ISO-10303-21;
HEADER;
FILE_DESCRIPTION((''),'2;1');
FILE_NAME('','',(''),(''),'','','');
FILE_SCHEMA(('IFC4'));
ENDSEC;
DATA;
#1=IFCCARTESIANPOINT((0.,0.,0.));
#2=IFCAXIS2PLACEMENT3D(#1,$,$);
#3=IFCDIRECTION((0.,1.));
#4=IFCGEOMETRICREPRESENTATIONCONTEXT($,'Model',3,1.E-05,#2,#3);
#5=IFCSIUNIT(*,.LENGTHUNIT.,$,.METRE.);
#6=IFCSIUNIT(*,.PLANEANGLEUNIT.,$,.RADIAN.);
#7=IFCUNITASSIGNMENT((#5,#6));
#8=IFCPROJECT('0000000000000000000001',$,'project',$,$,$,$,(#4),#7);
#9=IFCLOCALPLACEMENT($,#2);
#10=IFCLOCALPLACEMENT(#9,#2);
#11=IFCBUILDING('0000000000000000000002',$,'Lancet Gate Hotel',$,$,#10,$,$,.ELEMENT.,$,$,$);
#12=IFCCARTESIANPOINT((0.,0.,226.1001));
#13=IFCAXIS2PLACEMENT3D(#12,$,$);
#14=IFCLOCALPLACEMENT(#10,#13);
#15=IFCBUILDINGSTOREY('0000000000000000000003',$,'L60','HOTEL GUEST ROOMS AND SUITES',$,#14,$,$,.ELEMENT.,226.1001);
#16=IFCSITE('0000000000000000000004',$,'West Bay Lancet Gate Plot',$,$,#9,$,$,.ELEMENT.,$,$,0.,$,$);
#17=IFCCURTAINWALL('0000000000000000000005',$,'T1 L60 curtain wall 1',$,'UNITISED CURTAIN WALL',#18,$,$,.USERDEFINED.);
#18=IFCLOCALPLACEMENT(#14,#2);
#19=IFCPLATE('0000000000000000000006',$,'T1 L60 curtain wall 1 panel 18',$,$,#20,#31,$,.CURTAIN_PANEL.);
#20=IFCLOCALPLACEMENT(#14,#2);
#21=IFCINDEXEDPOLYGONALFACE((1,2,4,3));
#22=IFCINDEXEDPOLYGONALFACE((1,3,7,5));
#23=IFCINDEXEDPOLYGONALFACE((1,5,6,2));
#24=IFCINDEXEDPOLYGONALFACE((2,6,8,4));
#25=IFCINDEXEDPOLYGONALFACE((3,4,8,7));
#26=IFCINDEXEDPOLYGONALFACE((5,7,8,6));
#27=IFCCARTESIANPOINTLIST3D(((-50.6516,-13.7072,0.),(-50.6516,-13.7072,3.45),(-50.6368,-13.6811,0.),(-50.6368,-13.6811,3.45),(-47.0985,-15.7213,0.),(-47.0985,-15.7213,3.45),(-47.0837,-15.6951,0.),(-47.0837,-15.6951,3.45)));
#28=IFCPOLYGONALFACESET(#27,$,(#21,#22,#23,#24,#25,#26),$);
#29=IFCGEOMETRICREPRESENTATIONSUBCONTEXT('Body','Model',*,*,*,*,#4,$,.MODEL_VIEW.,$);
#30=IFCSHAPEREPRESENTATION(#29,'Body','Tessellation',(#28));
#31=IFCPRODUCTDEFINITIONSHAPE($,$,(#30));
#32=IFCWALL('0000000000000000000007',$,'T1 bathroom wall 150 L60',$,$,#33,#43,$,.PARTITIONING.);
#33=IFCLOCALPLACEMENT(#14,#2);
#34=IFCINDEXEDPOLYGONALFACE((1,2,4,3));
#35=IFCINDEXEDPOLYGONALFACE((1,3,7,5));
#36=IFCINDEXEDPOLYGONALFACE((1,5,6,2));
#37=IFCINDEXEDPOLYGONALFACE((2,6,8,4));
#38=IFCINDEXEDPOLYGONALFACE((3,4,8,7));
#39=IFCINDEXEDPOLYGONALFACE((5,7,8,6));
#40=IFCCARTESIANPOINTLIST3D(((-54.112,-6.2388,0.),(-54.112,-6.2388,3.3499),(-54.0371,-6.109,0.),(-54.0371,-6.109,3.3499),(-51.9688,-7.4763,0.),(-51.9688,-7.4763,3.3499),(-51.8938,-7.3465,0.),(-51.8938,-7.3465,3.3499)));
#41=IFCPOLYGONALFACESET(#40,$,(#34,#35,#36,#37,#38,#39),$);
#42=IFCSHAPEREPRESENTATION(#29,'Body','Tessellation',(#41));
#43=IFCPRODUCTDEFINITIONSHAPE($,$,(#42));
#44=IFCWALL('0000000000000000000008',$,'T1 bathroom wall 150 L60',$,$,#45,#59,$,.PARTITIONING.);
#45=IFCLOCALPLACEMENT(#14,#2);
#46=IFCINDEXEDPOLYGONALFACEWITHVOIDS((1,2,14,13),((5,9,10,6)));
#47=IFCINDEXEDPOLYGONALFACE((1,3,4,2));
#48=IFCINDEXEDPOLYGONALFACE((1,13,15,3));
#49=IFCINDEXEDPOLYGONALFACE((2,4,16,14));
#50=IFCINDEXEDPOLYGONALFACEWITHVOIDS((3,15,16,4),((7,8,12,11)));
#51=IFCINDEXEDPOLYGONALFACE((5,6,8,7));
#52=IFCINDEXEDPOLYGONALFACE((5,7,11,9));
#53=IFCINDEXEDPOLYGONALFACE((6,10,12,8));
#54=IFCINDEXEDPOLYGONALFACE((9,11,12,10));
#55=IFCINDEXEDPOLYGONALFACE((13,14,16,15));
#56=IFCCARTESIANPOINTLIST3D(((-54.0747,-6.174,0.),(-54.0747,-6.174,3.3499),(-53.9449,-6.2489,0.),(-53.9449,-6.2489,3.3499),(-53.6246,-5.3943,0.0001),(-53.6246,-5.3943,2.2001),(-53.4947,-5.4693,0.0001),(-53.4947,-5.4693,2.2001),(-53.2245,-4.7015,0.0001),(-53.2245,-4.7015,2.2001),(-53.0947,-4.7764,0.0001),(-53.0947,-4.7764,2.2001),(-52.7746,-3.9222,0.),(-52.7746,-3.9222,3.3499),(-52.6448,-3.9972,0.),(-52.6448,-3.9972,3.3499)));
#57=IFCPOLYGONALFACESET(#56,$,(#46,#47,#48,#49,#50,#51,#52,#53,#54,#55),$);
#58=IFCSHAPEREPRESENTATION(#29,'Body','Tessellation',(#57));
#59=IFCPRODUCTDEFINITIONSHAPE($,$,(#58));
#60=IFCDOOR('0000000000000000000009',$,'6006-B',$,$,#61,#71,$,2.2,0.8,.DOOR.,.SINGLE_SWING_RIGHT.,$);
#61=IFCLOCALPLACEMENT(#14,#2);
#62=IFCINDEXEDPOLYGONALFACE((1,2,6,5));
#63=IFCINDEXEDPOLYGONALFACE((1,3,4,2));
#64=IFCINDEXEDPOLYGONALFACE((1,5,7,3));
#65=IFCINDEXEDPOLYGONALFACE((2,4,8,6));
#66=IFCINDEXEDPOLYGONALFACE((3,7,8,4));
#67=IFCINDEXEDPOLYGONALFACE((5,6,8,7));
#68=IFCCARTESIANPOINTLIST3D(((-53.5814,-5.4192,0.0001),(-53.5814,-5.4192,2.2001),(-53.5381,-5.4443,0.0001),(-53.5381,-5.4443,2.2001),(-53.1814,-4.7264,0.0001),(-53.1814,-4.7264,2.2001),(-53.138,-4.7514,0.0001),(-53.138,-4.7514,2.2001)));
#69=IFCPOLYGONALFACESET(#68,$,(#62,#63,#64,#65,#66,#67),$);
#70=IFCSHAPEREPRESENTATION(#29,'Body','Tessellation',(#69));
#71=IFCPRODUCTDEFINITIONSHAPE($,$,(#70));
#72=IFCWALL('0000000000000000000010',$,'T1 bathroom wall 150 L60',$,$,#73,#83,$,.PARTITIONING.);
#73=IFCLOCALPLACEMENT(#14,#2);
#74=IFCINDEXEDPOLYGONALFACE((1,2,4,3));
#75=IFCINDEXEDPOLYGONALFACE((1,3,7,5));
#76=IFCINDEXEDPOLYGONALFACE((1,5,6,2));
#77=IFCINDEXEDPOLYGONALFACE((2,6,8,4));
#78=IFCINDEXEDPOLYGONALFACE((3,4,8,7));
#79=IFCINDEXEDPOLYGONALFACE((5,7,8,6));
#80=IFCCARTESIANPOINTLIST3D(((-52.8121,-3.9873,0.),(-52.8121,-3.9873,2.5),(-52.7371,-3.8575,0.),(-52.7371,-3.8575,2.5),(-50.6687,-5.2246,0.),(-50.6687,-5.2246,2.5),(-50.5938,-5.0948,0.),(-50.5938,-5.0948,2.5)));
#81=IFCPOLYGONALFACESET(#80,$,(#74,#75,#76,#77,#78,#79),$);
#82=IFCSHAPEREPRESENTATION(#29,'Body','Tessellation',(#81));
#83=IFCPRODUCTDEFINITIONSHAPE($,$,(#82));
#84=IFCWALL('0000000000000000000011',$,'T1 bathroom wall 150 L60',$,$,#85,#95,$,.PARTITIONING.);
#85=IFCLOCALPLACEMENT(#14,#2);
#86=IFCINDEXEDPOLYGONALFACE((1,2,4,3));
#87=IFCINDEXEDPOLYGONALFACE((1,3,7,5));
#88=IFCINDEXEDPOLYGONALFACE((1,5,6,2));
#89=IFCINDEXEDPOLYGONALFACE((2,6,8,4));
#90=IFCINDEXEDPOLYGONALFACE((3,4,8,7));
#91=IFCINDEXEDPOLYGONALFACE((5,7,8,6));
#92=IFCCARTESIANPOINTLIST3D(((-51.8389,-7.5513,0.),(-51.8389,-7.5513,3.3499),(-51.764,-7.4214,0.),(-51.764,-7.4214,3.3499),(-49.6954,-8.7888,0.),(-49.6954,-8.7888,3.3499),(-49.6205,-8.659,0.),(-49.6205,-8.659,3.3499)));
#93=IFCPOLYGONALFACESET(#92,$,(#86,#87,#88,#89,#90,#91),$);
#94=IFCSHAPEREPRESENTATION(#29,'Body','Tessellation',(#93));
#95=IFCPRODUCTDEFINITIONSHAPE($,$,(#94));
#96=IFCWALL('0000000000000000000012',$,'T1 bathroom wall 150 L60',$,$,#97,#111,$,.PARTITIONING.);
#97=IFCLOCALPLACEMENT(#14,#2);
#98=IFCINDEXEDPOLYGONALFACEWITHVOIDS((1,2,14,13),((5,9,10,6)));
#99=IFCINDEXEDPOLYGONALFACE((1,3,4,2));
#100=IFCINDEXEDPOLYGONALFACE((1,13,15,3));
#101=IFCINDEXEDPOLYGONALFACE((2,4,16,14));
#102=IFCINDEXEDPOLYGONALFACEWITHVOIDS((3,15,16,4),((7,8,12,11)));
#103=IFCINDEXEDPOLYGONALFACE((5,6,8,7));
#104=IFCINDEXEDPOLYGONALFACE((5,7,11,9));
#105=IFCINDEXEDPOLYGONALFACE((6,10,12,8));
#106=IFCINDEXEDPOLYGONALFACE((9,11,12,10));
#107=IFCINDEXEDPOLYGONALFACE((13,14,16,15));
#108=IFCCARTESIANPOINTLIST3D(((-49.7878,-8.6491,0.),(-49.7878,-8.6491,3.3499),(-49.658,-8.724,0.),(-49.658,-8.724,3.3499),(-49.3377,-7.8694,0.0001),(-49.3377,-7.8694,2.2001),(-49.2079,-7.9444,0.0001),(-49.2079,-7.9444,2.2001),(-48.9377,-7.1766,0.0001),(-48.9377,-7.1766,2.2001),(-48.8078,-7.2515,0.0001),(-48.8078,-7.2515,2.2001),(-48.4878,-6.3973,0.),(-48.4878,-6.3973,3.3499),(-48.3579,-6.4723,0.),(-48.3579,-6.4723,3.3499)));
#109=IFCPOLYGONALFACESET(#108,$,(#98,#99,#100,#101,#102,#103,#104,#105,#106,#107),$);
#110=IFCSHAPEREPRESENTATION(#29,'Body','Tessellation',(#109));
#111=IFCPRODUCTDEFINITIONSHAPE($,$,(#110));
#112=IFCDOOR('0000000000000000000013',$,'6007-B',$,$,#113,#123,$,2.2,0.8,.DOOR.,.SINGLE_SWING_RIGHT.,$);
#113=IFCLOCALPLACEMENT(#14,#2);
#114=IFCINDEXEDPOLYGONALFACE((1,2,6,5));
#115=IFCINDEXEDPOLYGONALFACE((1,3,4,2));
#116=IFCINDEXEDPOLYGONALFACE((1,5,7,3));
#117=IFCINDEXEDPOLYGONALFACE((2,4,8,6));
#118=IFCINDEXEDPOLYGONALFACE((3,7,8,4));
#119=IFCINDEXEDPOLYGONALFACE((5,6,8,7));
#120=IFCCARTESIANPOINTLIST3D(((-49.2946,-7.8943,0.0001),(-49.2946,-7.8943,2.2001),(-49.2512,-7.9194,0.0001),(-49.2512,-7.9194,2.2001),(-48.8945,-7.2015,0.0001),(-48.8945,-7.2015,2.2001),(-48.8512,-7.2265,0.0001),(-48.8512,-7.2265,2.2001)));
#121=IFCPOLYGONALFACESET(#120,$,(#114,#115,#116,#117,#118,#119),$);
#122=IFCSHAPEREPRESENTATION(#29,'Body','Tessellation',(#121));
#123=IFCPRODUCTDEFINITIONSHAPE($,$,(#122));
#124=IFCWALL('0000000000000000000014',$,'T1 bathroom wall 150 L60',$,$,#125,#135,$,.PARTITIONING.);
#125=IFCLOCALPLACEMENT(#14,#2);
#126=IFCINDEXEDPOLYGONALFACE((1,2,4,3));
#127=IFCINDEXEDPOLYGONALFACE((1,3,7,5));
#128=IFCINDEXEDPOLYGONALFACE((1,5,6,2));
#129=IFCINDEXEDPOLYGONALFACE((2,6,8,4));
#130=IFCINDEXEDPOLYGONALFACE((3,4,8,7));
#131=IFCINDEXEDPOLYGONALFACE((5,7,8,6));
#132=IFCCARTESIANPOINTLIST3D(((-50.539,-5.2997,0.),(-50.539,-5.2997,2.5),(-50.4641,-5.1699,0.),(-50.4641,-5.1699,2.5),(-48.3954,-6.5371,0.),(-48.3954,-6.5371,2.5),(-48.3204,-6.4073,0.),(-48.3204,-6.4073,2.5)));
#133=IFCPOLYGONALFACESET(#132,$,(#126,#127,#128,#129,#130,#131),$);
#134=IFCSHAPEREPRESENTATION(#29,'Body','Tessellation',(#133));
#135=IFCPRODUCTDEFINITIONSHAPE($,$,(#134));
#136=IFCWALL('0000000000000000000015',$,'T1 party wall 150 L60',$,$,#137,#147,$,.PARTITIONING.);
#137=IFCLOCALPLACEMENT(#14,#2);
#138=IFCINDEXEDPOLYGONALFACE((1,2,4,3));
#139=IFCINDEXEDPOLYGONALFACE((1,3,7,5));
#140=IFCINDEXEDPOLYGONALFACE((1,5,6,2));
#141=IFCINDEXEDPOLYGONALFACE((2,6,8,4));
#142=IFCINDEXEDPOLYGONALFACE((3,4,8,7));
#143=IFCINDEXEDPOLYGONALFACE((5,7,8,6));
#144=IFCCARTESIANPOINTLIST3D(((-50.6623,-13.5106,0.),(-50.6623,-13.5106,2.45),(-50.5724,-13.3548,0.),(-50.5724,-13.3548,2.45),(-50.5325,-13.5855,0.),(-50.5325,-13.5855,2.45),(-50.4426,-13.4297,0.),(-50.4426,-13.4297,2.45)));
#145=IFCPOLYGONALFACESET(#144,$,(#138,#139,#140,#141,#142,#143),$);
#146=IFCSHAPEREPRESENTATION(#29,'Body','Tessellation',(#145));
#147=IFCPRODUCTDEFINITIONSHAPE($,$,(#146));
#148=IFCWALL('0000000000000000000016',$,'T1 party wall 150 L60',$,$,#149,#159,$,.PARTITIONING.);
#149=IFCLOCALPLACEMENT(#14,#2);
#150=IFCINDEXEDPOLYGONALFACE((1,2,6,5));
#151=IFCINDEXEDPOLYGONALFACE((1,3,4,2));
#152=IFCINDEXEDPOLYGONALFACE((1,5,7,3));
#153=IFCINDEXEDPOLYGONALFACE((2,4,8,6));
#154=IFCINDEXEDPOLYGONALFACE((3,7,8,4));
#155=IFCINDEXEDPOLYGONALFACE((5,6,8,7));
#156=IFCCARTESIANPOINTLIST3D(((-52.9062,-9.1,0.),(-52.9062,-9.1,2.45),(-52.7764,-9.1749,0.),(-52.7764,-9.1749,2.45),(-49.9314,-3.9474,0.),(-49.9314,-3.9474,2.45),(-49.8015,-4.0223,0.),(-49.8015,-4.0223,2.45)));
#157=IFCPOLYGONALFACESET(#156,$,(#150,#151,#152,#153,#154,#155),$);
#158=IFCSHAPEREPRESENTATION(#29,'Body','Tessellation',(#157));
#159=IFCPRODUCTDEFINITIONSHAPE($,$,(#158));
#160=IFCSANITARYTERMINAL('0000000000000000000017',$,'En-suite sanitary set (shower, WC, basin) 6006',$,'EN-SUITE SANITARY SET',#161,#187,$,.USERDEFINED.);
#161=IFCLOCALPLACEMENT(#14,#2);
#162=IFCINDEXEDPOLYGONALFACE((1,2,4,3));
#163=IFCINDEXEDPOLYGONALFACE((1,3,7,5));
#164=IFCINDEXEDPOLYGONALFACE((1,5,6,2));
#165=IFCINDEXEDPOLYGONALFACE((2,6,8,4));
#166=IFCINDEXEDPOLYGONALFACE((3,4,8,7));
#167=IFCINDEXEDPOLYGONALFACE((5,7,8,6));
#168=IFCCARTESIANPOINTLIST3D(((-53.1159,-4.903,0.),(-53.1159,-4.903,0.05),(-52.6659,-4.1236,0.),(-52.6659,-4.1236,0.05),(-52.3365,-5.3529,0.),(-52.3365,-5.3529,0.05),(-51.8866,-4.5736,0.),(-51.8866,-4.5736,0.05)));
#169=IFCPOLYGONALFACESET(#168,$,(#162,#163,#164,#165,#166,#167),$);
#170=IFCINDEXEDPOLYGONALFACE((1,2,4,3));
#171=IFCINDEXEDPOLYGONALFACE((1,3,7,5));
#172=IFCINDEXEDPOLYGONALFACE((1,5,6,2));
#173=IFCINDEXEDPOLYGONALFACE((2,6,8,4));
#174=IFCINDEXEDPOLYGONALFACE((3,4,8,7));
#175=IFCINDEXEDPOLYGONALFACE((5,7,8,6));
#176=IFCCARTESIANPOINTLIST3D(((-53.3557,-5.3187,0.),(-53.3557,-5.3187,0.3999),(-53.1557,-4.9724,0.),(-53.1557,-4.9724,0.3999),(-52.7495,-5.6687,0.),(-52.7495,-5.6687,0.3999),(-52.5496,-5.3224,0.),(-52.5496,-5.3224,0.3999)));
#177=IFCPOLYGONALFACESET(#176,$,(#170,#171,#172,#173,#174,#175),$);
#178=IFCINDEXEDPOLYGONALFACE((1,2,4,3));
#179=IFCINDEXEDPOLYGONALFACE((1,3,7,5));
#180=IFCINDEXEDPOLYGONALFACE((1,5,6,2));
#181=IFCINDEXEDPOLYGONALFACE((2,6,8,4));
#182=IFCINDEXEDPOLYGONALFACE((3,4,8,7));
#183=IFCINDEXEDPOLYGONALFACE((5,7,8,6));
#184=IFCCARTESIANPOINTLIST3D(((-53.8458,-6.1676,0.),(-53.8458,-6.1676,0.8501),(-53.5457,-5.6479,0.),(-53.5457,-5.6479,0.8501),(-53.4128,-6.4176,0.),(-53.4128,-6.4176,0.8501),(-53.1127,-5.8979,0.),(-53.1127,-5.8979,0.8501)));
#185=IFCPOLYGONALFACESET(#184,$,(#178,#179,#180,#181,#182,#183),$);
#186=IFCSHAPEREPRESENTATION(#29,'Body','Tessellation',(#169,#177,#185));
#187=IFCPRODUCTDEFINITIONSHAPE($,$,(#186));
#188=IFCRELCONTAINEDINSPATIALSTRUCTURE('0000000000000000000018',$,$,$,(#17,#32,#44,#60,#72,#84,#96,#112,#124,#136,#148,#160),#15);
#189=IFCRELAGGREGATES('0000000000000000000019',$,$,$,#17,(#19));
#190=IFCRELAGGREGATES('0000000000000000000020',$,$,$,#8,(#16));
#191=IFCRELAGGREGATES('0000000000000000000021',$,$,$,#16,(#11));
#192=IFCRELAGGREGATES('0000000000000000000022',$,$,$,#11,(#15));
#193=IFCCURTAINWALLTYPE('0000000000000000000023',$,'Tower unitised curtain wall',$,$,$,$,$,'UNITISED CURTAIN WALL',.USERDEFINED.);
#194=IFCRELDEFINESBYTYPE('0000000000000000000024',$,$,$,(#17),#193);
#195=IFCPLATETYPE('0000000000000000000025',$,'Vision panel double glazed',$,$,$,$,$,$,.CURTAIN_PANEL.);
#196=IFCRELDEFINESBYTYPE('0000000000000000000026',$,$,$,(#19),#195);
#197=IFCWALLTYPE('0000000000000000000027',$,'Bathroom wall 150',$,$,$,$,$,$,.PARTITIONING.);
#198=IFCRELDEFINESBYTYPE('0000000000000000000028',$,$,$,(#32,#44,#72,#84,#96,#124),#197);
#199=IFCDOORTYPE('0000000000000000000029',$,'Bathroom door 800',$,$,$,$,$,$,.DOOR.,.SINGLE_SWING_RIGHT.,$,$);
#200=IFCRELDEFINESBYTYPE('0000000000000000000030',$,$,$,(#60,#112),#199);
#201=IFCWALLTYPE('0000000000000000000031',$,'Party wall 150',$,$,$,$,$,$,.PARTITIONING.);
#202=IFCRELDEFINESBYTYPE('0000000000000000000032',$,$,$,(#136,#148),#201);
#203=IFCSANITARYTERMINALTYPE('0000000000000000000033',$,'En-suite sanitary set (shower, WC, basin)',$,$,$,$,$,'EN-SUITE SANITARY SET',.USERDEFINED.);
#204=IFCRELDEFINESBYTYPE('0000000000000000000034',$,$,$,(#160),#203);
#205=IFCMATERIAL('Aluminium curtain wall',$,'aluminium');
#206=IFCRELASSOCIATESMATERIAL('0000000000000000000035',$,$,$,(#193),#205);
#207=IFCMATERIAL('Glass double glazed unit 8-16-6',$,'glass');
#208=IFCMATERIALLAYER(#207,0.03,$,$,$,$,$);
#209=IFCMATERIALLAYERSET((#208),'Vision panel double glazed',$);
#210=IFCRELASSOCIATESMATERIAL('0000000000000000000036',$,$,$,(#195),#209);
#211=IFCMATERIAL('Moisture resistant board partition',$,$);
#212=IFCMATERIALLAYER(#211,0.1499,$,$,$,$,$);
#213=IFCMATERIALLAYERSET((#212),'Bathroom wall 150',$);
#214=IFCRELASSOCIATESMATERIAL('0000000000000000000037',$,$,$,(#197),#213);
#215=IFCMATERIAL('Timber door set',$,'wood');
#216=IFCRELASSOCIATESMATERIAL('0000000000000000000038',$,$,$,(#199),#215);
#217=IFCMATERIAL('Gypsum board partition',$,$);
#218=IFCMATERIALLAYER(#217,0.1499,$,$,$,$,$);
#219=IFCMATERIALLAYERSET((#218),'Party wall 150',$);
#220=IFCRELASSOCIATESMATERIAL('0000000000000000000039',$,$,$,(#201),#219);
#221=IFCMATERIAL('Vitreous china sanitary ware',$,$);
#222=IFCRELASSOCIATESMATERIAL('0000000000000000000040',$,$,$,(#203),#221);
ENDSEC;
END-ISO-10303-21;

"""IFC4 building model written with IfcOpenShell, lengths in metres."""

from ifc_helpers import new_model, si_unit, direction, frame, frame_2d, origin, origin_2d, place, context, subcontext, project, spatial, rectangle, extrude, material, layer, layer_set, type_object, element, fill, aggregate, save


model = new_model("IFC4")

# Units and contexts
model_context = context("Model", 3, precision=1e-05, world=origin(), true_north=direction((0.0, 1.0)))
body_context = subcontext(model_context, "Body", "Model", "MODEL_VIEW")
ifc_project = project(units=[si_unit("LENGTHUNIT", "METRE"), si_unit("PLANEANGLEUNIT", "RADIAN")], contexts=[model_context])

# Site, building, storey
site_placement = place(None, origin())
site = spatial("IfcSite", under=ifc_project, at=site_placement, Name="West Bay Lancet Gate Plot", CompositionType="ELEMENT", RefElevation=0.0)
building_placement = place(site_placement, origin())
building = spatial("IfcBuilding", under=site, at=building_placement, Name="Lancet Gate Hotel", CompositionType="ELEMENT")
storey_placement = place(building_placement, frame((0.0, 0.0, 226.1001)))
storey = spatial("IfcBuildingStorey", under=building, at=storey_placement, Name="L60", Description="HOTEL GUEST ROOMS AND SUITES", CompositionType="ELEMENT", Elevation=226.1001)

# Curtain wall
ifc_material_1 = material(Name="Aluminium curtain wall", Category="aluminium")
curtain_wall_type = type_object("IfcCurtainWallType", Name="Tower unitised curtain wall", ElementType="UNITISED CURTAIN WALL", PredefinedType="USERDEFINED", material=ifc_material_1)
curtain_wall_placement = place(storey_placement, origin())
curtain_wall = element("IfcCurtainWall", 1, at=curtain_wall_placement, inside=storey, type_object=curtain_wall_type, Name="T1 L60 curtain wall 1", ObjectType="UNITISED CURTAIN WALL", PredefinedType="USERDEFINED")

# Plate
ifc_material_2 = material(Name="Glass double glazed unit 8-16-6", Category="glass")
ifc_layer_1 = layer(ifc_material_2, 0.03)
ifc_layer_set_1 = layer_set([ifc_layer_1], Name="Vision panel double glazed")
plate_type = type_object("IfcPlateType", Name="Vision panel double glazed", PredefinedType="CURTAIN_PANEL", material=ifc_layer_set_1)
plate_1_placement = place(storey_placement, frame((-48.8677, -14.7012, 0.0), z_axis=(0.0, 0.0, 1.0), x_axis=(0.869958, -0.493126, 0.0)))
plate_1 = element("IfcPlate", 2, at=plate_1_placement, type_object=plate_type, Name="T1 L60 curtain wall 1 panel 18", PredefinedType="CURTAIN_PANEL", context=body_context, shape_type="SweptSolid", body=[
    extrude(rectangle(XDim=4.0842, YDim=0.03, at=origin_2d()), origin(), (0.0, 0.0, 1.0), 3.45),
])
aggregate(curtain_wall, [plate_1])

# Wall
ifc_material_3 = material(Name="Moisture resistant board partition")
ifc_layer_2 = layer(ifc_material_3, 0.1499)
ifc_layer_set_2 = layer_set([ifc_layer_2], Name="Bathroom wall 150")
wall_type_1 = type_object("IfcWallType", Name="Bathroom wall 150", PredefinedType="PARTITIONING", material=ifc_layer_set_2)
wall_1_placement = place(storey_placement, frame((-51.9314, -7.4114, 0.0), z_axis=(0.0, 0.0, 1.0), x_axis=(-0.866007, 0.500033, 0.0)))
element("IfcWall", 3, at=wall_1_placement, inside=storey, type_object=wall_type_1, Name="T1 bathroom wall 150 L60", PredefinedType="PARTITIONING", context=body_context, shape_type="SweptSolid", body=[
    extrude(rectangle(XDim=2.4749, YDim=0.1499, at=frame_2d((1.2373, 0.0))), origin(), (0.0, 0.0, 1.0), 3.3499),
])

# Wall, opening, door
wall_2_placement = place(storey_placement, frame((-52.7097, -3.9597, 0.0), z_axis=(0.0, 0.0, 1.0), x_axis=(-0.500007, -0.866021, 0.0)))
wall_2 = element("IfcWall", 4, at=wall_2_placement, inside=storey, type_object=wall_type_1, Name="T1 bathroom wall 150 L60", PredefinedType="PARTITIONING", context=body_context, shape_type="SweptSolid", body=[
    extrude(rectangle(XDim=2.6001, YDim=0.1499, at=frame_2d((1.3, 0.0))), origin(), (0.0, 0.0, 1.0), 3.3499),
])
opening_1_placement = place(wall_2_placement, frame((0.8999, 0.0, 0.0)))
opening_1 = element("IfcOpeningElement", 5, at=opening_1_placement, cuts=wall_2, PredefinedType="OPENING", context=body_context, shape_type="SweptSolid", body=[
    extrude(rectangle(XDim=0.8, YDim=2.2, at=frame_2d((0.3999, 1.1001))), frame((0.0, 0.085, 0.0), z_axis=(0.0, -1.0, 0.0), x_axis=(1.0, 0.0, 0.0)), (0.0, 0.0, 1.0), 0.1699),
])
ifc_material_4 = material(Name="Timber door set", Category="wood")
door_type = type_object("IfcDoorType", Name="Bathroom door 800", OperationType="SINGLE_SWING_RIGHT", PredefinedType="DOOR", material=ifc_material_4)
door_1_placement = place(opening_1_placement, origin())
door_1 = element("IfcDoor", 6, at=door_1_placement, inside=storey, type_object=door_type, Name="6006-B", OperationType="SINGLE_SWING_RIGHT", OverallHeight=2.2, OverallWidth=0.8, PredefinedType="DOOR", context=body_context, shape_type="SweptSolid", body=[
    extrude(rectangle(XDim=0.8, YDim=2.2, at=frame_2d((0.3999, 1.1001))), frame((0.0, 0.0249, 0.0), z_axis=(0.0, -1.0, 0.0), x_axis=(1.0, 0.0, 0.0)), (0.0, 0.0, 1.0), 0.05),
])
fill(opening_1, door_1)

# Walls
wall_3_placement = place(storey_placement, frame((-50.6313, -5.1597, 0.0), z_axis=(0.0, 0.0, 1.0), x_axis=(-0.866049, 0.499959, 0.0)))
element("IfcWall", 7, at=wall_3_placement, inside=storey, type_object=wall_type_1, Name="T1 bathroom wall 150 L60", PredefinedType="PARTITIONING", context=body_context, shape_type="SweptSolid", body=[
    extrude(rectangle(XDim=2.4749, YDim=0.1499, at=frame_2d((1.2373, 0.0))), origin(), (0.0, 0.0, 1.0), 2.5),
])
wall_4_placement = place(storey_placement, frame((-49.658, -8.7239, 0.0), z_axis=(0.0, 0.0, 1.0), x_axis=(-0.866031, 0.49999, 0.0)))
element("IfcWall", 8, at=wall_4_placement, inside=storey, type_object=wall_type_1, Name="T1 bathroom wall 150 L60", PredefinedType="PARTITIONING", context=body_context, shape_type="SweptSolid", body=[
    extrude(rectangle(XDim=2.4751, YDim=0.1499, at=frame_2d((1.2375, 0.0))), origin(), (0.0, 0.0, 1.0), 3.3499),
])

# Wall, opening, door
wall_5_placement = place(storey_placement, frame((-48.4229, -6.4348, 0.0), z_axis=(0.0, 0.0, 1.0), x_axis=(-0.500007, -0.866021, 0.0)))
wall_5 = element("IfcWall", 9, at=wall_5_placement, inside=storey, type_object=wall_type_1, Name="T1 bathroom wall 150 L60", PredefinedType="PARTITIONING", context=body_context, shape_type="SweptSolid", body=[
    extrude(rectangle(XDim=2.6001, YDim=0.1499, at=frame_2d((1.3, 0.0))), origin(), (0.0, 0.0, 1.0), 3.3499),
])
opening_2_placement = place(wall_5_placement, frame((0.8999, 0.0, 0.0)))
opening_2 = element("IfcOpeningElement", 10, at=opening_2_placement, cuts=wall_5, PredefinedType="OPENING", context=body_context, shape_type="SweptSolid", body=[
    extrude(rectangle(XDim=0.8, YDim=2.2, at=frame_2d((0.3999, 1.1001))), frame((0.0, 0.085, 0.0), z_axis=(0.0, -1.0, 0.0), x_axis=(1.0, 0.0, 0.0)), (0.0, 0.0, 1.0), 0.1699),
])
door_2_placement = place(opening_2_placement, origin())
door_2 = element("IfcDoor", 11, at=door_2_placement, inside=storey, type_object=door_type, Name="6007-B", OperationType="SINGLE_SWING_RIGHT", OverallHeight=2.2, OverallWidth=0.8, PredefinedType="DOOR", context=body_context, shape_type="SweptSolid", body=[
    extrude(rectangle(XDim=0.8, YDim=2.2, at=frame_2d((0.3999, 1.1001))), frame((0.0, 0.0249, 0.0), z_axis=(0.0, -1.0, 0.0), x_axis=(1.0, 0.0, 0.0)), (0.0, 0.0, 1.0), 0.05),
])
fill(opening_2, door_2)

# Walls
wall_6_placement = place(storey_placement, frame((-48.3579, -6.4722, 0.0), z_axis=(0.0, 0.0, 1.0), x_axis=(-0.866074, 0.499916, 0.0)))
element("IfcWall", 12, at=wall_6_placement, inside=storey, type_object=wall_type_1, Name="T1 bathroom wall 150 L60", PredefinedType="PARTITIONING", context=body_context, shape_type="SweptSolid", body=[
    extrude(rectangle(XDim=2.4751, YDim=0.1499, at=frame_2d((1.2375, 0.0))), origin(), (0.0, 0.0, 1.0), 2.5),
])
ifc_material_5 = material(Name="Gypsum board partition")
ifc_layer_3 = layer(ifc_material_5, 0.1499)
ifc_layer_set_3 = layer_set([ifc_layer_3], Name="Party wall 150")
wall_type_2 = type_object("IfcWallType", Name="Party wall 150", PredefinedType="PARTITIONING", material=ifc_layer_set_3)
wall_7_placement = place(storey_placement, frame((-50.5076, -13.3923, 0.0), z_axis=(0.0, 0.0, 1.0), x_axis=(-0.499644, -0.866231, 0.0)))
element("IfcWall", 13, at=wall_7_placement, inside=storey, type_object=wall_type_2, Name="T1 party wall 150 L60", PredefinedType="PARTITIONING", context=body_context, shape_type="SweptSolid", body=[
    extrude(rectangle(XDim=0.1799, YDim=0.1499, at=frame_2d((0.0898, 0.0))), origin(), (0.0, 0.0, 1.0), 2.45),
])
wall_8_placement = place(storey_placement, frame((-49.8665, -3.9849, 0.0), z_axis=(0.0, 0.0, 1.0), x_axis=(-0.500001, -0.866025, 0.0)))
element("IfcWall", 14, at=wall_8_placement, inside=storey, type_object=wall_type_2, Name="T1 party wall 150 L60", PredefinedType="PARTITIONING", context=body_context, shape_type="SweptSolid", body=[
    extrude(rectangle(XDim=5.9497, YDim=0.1499, at=frame_2d((2.9749, 0.0))), origin(), (0.0, 0.0, 1.0), 2.45),
])

# Sanitary terminal
ifc_material_6 = material(Name="Vitreous china sanitary ware")
sanitary_terminal_type = type_object("IfcSanitaryTerminalType", Name="En-suite sanitary set (shower, WC, basin)", ElementType="EN-SUITE SANITARY SET", PredefinedType="USERDEFINED", material=ifc_material_6)
sanitary_terminal_1_placement = place(storey_placement, frame((-52.5012, -4.7383, 0.0), z_axis=(0.0, 0.0, 1.0), x_axis=(1.0, 0.0, 0.0)))
element("IfcSanitaryTerminal", 15, at=sanitary_terminal_1_placement, inside=storey, type_object=sanitary_terminal_type, Name="En-suite sanitary set (shower, WC, basin) 6006", ObjectType="EN-SUITE SANITARY SET", PredefinedType="USERDEFINED", context=body_context, shape_type="SweptSolid", body=[
    extrude(rectangle(XDim=0.8999, YDim=0.8999, at=origin_2d()), frame((0.0, 0.0, 0.0), z_axis=(0.0, 0.0, 1.0), x_axis=(0.5, 0.866025, 0.0)), (0.0, 0.0, 1.0), 0.05),
    extrude(rectangle(XDim=0.3999, YDim=0.7, at=origin_2d()), frame((-0.4514, -0.5823, 0.0), z_axis=(0.0, 0.0, 1.0), x_axis=(0.5, 0.866025, 0.0)), (0.0, 0.0, 1.0), 0.3999),
    extrude(rectangle(XDim=0.6001, YDim=0.5, at=origin_2d()), frame((-0.978, -1.2944, 0.0), z_axis=(0.0, 0.0, 1.0), x_axis=(0.5, 0.866025, 0.0)), (0.0, 0.0, 1.0), 0.8501),
])

save(model, "model.ifc")
